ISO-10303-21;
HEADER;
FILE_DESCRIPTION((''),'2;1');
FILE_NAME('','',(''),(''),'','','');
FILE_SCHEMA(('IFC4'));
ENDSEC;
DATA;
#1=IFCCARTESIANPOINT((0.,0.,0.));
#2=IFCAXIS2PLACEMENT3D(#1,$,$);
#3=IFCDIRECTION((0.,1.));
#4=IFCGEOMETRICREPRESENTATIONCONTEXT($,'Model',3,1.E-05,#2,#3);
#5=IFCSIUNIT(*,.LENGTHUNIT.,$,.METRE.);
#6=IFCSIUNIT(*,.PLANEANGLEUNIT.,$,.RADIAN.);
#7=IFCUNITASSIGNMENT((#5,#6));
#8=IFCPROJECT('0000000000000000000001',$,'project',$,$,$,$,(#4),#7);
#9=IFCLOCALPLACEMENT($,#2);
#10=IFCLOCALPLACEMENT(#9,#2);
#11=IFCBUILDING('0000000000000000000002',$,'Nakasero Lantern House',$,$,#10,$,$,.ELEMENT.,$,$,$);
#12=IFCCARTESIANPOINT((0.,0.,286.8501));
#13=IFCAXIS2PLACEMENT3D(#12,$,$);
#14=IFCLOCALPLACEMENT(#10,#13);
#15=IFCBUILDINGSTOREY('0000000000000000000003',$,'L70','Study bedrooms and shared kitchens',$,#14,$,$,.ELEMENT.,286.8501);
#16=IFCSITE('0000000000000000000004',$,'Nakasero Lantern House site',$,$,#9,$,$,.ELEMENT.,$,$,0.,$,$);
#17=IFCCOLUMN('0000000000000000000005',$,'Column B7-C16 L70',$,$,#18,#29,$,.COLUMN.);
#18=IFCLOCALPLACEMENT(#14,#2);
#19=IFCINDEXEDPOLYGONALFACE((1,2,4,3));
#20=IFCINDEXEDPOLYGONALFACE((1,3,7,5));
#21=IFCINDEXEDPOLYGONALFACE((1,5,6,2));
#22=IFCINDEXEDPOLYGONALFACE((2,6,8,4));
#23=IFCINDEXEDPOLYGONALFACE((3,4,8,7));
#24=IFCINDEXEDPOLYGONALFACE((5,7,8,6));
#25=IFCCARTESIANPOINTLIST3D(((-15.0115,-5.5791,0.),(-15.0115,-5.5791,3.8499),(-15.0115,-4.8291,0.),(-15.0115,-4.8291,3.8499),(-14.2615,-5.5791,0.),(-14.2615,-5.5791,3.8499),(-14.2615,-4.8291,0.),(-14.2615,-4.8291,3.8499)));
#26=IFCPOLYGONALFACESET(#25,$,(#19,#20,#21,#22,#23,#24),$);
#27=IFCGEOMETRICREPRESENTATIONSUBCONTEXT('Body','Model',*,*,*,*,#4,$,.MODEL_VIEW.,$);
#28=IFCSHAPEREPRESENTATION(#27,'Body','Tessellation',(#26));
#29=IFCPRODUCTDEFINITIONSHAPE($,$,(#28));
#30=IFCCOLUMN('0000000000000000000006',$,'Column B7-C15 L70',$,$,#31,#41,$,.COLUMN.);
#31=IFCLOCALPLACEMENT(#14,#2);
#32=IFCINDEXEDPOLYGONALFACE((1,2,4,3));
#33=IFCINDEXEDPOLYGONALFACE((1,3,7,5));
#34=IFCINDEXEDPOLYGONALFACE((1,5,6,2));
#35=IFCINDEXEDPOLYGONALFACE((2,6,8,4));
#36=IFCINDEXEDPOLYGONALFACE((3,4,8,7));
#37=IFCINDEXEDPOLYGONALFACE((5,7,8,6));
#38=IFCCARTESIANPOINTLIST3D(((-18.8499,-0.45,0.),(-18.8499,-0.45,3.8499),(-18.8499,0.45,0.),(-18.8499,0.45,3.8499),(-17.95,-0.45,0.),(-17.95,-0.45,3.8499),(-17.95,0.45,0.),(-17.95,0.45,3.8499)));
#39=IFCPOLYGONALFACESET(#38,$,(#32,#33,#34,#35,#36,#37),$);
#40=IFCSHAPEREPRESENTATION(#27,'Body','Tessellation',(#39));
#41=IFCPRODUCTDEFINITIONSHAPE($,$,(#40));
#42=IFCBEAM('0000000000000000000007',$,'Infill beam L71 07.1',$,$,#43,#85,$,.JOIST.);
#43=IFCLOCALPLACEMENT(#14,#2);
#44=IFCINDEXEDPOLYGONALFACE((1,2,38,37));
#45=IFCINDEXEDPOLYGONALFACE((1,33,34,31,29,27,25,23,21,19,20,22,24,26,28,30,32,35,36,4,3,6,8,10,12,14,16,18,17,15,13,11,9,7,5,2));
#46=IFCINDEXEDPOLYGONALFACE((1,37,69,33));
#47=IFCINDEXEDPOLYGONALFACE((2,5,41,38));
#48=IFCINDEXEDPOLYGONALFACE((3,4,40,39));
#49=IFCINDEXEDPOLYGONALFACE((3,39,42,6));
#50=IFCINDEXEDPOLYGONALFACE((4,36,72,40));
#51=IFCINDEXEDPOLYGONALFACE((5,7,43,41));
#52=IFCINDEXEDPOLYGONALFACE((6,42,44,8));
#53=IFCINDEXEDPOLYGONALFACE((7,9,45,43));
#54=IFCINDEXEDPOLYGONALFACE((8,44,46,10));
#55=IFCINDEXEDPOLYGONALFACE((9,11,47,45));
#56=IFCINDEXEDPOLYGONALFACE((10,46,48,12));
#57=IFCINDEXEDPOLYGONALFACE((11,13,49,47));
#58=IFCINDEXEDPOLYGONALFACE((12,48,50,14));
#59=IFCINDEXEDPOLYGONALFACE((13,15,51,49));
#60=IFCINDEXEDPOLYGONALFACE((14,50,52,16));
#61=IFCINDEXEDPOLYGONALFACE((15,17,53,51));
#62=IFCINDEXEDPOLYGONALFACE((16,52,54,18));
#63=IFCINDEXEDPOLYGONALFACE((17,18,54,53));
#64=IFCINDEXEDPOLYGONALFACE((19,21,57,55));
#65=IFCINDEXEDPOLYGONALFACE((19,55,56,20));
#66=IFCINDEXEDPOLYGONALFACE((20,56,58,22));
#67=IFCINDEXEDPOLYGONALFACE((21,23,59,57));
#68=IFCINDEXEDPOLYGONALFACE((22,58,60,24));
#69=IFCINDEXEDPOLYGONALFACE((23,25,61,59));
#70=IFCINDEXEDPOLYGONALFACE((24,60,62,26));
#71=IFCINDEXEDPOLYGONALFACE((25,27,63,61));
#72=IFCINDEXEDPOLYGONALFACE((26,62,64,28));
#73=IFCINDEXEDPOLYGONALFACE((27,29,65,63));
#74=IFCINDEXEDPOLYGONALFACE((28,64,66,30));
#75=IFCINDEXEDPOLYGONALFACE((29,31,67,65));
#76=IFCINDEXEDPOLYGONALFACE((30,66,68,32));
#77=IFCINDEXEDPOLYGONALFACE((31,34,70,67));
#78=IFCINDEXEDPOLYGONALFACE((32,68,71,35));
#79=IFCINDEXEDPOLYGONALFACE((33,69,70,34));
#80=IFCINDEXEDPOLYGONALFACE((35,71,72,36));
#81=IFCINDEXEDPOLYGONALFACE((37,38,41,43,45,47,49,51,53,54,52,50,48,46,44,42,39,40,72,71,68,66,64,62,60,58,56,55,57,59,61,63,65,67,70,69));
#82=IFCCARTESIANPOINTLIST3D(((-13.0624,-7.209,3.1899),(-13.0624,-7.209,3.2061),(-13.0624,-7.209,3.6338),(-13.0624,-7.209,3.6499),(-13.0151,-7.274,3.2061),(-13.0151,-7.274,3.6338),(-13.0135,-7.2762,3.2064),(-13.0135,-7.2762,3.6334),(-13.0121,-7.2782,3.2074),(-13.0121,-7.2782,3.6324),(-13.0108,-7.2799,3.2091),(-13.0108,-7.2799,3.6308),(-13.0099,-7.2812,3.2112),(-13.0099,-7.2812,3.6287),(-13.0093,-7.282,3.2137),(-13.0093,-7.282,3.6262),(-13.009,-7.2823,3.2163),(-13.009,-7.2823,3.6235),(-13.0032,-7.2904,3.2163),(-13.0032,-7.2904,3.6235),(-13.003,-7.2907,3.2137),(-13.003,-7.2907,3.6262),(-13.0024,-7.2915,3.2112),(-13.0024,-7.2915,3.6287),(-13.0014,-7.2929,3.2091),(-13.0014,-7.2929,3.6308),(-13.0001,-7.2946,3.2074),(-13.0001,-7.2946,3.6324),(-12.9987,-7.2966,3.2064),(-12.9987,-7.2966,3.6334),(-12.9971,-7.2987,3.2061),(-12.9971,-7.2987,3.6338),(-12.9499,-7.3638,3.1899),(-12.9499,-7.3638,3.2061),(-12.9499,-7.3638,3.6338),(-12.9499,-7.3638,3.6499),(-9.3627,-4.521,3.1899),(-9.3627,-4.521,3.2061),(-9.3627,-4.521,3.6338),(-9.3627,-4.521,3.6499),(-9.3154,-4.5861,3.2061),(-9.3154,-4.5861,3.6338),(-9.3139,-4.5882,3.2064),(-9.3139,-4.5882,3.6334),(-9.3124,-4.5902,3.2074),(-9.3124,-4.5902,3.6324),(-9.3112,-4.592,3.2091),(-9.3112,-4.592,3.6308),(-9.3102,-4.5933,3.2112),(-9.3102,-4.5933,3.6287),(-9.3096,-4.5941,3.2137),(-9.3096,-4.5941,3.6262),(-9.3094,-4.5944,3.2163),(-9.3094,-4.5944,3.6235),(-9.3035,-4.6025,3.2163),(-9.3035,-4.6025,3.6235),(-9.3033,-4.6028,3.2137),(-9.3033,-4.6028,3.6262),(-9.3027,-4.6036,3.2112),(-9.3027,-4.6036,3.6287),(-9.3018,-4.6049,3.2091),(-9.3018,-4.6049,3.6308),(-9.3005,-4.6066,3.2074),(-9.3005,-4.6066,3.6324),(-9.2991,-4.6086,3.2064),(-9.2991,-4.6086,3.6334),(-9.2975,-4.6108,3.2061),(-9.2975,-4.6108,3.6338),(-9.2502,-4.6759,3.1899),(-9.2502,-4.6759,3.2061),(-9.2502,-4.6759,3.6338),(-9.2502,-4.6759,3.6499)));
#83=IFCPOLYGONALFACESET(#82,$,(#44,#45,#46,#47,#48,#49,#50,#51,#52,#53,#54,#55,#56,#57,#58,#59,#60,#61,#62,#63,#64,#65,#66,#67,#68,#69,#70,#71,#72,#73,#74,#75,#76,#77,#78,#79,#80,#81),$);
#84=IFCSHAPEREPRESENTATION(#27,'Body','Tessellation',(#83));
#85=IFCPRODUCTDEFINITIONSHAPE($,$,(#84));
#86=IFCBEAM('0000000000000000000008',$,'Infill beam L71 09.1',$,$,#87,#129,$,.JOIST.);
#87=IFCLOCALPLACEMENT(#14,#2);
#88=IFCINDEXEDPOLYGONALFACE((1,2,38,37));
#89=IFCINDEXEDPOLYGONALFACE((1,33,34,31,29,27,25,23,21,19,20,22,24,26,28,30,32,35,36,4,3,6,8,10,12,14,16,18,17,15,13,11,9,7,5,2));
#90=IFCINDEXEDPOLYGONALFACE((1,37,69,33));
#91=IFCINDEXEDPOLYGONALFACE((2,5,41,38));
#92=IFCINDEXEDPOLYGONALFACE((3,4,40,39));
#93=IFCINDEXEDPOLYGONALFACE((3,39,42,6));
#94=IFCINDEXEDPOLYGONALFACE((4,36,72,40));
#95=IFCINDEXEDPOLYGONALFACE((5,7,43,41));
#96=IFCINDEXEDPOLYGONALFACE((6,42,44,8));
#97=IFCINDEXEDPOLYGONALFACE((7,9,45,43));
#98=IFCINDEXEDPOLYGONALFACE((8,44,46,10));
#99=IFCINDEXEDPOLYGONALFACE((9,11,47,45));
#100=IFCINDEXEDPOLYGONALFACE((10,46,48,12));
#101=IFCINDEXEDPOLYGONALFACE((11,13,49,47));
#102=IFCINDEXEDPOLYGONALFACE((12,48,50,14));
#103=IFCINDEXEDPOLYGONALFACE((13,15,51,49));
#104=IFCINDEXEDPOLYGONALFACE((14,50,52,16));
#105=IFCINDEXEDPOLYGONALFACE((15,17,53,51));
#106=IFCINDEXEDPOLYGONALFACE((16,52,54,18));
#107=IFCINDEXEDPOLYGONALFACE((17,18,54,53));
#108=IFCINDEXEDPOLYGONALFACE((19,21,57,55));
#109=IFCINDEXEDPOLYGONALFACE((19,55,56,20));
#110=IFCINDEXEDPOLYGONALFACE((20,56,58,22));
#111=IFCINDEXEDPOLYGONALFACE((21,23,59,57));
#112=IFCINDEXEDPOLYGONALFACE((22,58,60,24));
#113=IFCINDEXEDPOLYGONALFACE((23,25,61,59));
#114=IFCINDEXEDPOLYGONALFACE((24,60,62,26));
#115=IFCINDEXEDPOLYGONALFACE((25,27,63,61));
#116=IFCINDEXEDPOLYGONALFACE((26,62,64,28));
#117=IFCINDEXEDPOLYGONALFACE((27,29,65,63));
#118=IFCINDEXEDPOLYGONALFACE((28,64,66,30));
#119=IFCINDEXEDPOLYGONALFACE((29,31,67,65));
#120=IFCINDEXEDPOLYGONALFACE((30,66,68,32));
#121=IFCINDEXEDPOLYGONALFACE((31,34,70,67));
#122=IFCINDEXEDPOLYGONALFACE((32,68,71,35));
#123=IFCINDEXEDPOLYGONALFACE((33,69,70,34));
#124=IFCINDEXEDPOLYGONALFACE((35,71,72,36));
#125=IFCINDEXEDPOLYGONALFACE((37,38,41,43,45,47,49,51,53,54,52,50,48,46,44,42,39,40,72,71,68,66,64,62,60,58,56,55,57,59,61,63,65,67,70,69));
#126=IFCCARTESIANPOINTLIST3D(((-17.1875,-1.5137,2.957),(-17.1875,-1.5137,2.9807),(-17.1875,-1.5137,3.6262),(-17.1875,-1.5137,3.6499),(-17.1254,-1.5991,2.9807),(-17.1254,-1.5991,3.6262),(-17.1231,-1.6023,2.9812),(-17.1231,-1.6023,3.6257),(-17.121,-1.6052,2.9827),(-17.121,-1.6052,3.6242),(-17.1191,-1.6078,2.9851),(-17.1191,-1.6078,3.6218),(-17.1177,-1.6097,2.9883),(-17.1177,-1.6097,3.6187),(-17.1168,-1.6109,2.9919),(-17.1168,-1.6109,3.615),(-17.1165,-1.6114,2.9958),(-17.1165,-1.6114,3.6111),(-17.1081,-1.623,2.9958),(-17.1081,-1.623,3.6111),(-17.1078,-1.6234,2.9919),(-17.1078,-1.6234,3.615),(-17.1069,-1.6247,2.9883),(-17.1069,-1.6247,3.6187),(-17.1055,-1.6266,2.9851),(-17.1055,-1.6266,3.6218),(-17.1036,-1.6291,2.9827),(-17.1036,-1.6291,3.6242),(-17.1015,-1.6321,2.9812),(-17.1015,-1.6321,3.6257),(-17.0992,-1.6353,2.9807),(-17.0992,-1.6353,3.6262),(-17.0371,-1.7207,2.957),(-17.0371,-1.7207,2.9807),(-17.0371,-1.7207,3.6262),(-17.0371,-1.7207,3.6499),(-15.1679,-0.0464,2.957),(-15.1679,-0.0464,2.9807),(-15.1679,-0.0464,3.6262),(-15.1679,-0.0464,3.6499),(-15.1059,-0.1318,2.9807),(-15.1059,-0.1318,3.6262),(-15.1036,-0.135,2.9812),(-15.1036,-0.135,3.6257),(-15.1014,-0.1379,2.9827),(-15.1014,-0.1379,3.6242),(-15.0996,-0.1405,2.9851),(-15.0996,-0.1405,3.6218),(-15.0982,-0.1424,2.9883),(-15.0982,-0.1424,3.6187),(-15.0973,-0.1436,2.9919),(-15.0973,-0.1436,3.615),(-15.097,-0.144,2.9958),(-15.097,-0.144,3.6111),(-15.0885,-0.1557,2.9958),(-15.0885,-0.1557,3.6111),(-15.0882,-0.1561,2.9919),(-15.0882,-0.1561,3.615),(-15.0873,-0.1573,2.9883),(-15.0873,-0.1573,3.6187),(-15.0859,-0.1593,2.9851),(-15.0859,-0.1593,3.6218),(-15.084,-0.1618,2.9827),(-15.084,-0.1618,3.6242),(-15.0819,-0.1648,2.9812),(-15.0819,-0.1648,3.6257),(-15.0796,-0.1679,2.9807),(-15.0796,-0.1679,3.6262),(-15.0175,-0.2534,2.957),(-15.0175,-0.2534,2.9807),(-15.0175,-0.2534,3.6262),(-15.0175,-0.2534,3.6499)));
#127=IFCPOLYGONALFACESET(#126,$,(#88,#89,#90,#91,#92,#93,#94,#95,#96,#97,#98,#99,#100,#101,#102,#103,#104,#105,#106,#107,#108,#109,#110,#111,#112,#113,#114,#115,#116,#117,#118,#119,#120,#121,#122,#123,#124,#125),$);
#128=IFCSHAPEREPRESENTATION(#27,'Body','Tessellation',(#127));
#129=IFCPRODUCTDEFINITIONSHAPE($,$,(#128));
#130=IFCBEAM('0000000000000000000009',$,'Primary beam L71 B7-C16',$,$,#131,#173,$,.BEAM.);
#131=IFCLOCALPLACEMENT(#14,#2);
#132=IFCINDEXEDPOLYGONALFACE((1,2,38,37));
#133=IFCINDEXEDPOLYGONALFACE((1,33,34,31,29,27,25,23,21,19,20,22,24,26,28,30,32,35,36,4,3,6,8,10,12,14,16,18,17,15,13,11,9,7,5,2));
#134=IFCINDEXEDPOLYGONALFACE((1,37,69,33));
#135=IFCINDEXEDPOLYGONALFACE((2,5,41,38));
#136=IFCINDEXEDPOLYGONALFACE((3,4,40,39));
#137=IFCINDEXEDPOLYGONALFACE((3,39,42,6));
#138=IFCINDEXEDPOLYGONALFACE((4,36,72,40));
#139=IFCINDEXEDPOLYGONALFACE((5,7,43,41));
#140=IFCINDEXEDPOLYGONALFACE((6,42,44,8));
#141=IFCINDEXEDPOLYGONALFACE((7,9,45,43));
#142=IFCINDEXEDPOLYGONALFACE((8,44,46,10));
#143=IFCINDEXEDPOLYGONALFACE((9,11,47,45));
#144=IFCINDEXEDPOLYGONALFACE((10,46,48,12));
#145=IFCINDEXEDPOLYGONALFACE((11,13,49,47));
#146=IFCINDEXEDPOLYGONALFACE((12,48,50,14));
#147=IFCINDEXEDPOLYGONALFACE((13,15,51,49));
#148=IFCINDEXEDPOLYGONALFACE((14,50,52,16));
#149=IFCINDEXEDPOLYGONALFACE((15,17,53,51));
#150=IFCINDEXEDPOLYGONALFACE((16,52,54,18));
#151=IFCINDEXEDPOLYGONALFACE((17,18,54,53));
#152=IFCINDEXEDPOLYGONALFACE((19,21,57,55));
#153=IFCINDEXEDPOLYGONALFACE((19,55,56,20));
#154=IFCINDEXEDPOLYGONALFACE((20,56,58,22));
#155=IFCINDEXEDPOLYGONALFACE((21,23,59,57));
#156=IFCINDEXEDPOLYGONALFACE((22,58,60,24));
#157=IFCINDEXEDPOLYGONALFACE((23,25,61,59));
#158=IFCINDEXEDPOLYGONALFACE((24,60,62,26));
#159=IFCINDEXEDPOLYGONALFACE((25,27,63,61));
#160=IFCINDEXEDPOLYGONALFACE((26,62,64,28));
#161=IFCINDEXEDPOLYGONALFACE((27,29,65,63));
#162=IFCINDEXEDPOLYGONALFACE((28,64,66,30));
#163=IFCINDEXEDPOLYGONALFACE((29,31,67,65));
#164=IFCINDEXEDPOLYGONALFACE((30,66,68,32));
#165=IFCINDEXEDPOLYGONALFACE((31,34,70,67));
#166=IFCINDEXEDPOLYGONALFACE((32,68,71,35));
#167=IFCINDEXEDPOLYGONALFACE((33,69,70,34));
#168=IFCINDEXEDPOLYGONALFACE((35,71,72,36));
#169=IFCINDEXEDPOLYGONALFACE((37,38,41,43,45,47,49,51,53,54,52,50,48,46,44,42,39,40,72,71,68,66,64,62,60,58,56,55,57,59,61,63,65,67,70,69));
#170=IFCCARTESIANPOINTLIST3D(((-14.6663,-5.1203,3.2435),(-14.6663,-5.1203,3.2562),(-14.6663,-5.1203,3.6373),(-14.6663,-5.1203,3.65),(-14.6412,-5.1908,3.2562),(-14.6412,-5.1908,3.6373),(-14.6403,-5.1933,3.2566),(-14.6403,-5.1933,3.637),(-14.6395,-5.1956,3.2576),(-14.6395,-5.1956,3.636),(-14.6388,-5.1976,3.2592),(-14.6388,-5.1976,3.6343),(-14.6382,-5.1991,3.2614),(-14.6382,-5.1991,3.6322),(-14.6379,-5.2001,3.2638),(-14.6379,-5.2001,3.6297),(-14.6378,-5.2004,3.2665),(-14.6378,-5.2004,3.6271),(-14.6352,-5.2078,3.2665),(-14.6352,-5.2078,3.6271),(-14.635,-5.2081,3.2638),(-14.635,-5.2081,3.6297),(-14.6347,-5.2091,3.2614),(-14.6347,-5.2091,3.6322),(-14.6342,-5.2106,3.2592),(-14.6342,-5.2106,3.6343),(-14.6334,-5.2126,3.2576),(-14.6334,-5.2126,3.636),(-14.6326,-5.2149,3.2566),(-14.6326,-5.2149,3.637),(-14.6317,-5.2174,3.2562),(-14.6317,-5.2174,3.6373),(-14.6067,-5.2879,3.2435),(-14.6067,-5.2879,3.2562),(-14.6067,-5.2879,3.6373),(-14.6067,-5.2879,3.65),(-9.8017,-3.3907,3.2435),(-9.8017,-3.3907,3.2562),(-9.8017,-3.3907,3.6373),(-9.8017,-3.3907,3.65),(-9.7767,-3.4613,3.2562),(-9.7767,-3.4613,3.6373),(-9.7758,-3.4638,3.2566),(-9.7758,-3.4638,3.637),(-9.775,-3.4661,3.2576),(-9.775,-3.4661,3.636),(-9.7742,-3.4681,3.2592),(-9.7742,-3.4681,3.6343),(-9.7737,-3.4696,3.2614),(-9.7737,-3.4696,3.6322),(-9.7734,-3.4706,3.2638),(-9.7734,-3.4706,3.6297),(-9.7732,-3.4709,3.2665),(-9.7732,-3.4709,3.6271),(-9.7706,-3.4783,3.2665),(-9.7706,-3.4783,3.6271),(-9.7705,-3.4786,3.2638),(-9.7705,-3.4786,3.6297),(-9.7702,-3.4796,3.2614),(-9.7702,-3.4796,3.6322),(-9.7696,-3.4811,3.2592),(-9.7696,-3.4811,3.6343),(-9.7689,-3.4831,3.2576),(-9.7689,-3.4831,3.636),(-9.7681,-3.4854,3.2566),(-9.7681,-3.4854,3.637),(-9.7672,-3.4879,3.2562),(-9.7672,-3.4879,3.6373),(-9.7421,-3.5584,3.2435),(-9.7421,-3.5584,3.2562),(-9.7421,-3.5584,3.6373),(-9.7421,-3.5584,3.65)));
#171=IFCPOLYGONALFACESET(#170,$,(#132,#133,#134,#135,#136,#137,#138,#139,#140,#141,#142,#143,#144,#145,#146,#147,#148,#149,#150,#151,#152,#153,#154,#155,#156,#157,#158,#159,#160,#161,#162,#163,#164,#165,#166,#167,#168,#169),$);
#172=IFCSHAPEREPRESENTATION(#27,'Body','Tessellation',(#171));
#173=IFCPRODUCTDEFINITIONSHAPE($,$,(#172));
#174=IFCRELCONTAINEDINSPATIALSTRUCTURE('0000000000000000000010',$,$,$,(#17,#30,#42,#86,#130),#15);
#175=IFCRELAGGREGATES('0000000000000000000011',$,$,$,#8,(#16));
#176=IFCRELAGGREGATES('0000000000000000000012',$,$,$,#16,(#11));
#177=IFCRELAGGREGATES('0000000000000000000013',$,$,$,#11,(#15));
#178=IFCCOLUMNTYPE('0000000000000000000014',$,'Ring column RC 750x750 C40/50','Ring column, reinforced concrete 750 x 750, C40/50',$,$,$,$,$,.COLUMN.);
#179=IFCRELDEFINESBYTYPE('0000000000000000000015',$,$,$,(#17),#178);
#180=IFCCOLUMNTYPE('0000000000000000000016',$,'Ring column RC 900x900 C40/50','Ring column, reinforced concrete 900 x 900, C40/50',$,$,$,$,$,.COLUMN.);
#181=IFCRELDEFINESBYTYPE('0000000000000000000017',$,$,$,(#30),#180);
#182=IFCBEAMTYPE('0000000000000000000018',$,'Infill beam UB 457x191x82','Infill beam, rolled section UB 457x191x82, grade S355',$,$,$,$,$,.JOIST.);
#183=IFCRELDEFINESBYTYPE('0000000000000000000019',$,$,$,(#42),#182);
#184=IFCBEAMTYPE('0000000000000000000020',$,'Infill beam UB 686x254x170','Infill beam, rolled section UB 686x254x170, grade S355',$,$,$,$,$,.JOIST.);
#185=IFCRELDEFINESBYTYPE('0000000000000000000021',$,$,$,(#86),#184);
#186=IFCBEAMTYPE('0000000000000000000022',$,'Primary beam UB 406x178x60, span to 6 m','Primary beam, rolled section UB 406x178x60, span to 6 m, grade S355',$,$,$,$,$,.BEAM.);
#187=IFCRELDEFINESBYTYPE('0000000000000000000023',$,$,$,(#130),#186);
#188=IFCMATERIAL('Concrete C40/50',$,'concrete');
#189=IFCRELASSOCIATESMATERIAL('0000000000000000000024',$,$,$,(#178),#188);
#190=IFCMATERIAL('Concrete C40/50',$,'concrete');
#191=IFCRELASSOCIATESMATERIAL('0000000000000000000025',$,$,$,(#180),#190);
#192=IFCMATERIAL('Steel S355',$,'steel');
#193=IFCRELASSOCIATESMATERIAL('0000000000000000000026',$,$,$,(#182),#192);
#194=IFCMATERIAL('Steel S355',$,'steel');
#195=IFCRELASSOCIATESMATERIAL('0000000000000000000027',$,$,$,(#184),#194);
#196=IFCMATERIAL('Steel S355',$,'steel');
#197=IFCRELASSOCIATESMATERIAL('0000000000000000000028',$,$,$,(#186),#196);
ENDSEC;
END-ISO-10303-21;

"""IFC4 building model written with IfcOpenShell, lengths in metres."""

from ifc_helpers import new_model, si_unit, direction, frame, origin, origin_2d, place, context, subcontext, project, spatial, rectangle, i_section, extrude, material, material_profile, profile_set, type_object, element, save


model = new_model("IFC4")

# Units and contexts
model_context = context("Model", 3, precision=1e-05, world=origin(), true_north=direction((0.0, 1.0)))
body_context = subcontext(model_context, "Body", "Model", "MODEL_VIEW")
ifc_project = project(units=[si_unit("LENGTHUNIT", "METRE"), si_unit("PLANEANGLEUNIT", "RADIAN")], contexts=[model_context])

# Site, building, storey
site_placement = place(None, origin())
site = spatial("IfcSite", under=ifc_project, at=site_placement, Name="Nakasero Lantern House site", CompositionType="ELEMENT", RefElevation=0.0)
building_placement = place(site_placement, origin())
building = spatial("IfcBuilding", under=site, at=building_placement, Name="Nakasero Lantern House", CompositionType="ELEMENT")
storey_placement = place(building_placement, frame((0.0, 0.0, 286.8501)))
storey = spatial("IfcBuildingStorey", under=building, at=storey_placement, Name="L70", Description="Study bedrooms and shared kitchens", CompositionType="ELEMENT", Elevation=286.8501)

# Columns
ifc_material_1 = material(Name="Concrete C40/50", Category="concrete")
ifc_material_profile_1 = material_profile(ifc_material_1, rectangle(XDim=0.75, YDim=0.75, at=origin_2d()), Name="RC 750x750")
ifc_profile_set_1 = profile_set([ifc_material_profile_1], Name="Concrete C40/50")
column_type_1 = type_object("IfcColumnType", Name="Ring column RC 750x750 C40/50", Description="Ring column, reinforced concrete 750 x 750, C40/50", PredefinedType="COLUMN", material=ifc_profile_set_1)
column_1_placement = place(storey_placement, frame((-14.6365, -5.2041, 0.0), z_axis=(0.0, 0.0, 1.0), x_axis=(1.0, 0.0, 0.0)))
element("IfcColumn", 1, at=column_1_placement, inside=storey, type_object=column_type_1, Name="Column B7-C16 L70", PredefinedType="COLUMN", context=body_context, shape_type="SweptSolid", body=[
    extrude(rectangle(XDim=0.75, YDim=0.75, at=origin_2d()), origin(), (0.0, 0.0, 1.0), 3.8499),
])
ifc_material_2 = material(Name="Concrete C40/50", Category="concrete")
ifc_material_profile_2 = material_profile(ifc_material_2, rectangle(XDim=0.8999, YDim=0.8999, at=origin_2d()), Name="RC 900x900")
ifc_profile_set_2 = profile_set([ifc_material_profile_2], Name="Concrete C40/50")
column_type_2 = type_object("IfcColumnType", Name="Ring column RC 900x900 C40/50", Description="Ring column, reinforced concrete 900 x 900, C40/50", PredefinedType="COLUMN", material=ifc_profile_set_2)
column_2_placement = place(storey_placement, frame((-18.3999, 0.0, 0.0), z_axis=(0.0, 0.0, 1.0), x_axis=(1.0, 0.0, 0.0)))
element("IfcColumn", 2, at=column_2_placement, inside=storey, type_object=column_type_2, Name="Column B7-C15 L70", PredefinedType="COLUMN", context=body_context, shape_type="SweptSolid", body=[
    extrude(rectangle(XDim=0.8999, YDim=0.8999, at=origin_2d()), origin(), (0.0, 0.0, 1.0), 3.8499),
])

# Beams
ifc_material_3 = material(Name="Steel S355", Category="steel")
ifc_material_profile_3 = material_profile(ifc_material_3, i_section(OverallWidth=0.1914, OverallDepth=0.46, WebThickness=0.01, FlangeThickness=0.0161, FilletRadius=0.0103, at=origin_2d()), Name="UB 457x191x82")
ifc_profile_set_3 = profile_set([ifc_material_profile_3], Name="Steel S355")
beam_type_1 = type_object("IfcBeamType", Name="Infill beam UB 457x191x82", Description="Infill beam, rolled section UB 457x191x82, grade S355", PredefinedType="JOIST", material=ifc_profile_set_3)
beam_1_placement = place(storey_placement, frame((-13.0061, -7.2864, 3.4199), z_axis=(0.809018, 0.587784, 0.0), x_axis=(-0.587784, 0.809018, 0.0)))
element("IfcBeam", 3, at=beam_1_placement, inside=storey, type_object=beam_type_1, Name="Infill beam L71 07.1", PredefinedType="JOIST", context=body_context, shape_type="SweptSolid", body=[
    extrude(i_section(OverallWidth=0.1914, OverallDepth=0.46, WebThickness=0.01, FlangeThickness=0.0161, FilletRadius=0.0103, at=origin_2d()), origin(), (0.0, 0.0, 1.0), 4.573),
])
ifc_material_4 = material(Name="Steel S355", Category="steel")
ifc_material_profile_4 = material_profile(ifc_material_4, i_section(OverallWidth=0.2559, OverallDepth=0.6929, WebThickness=0.0144, FlangeThickness=0.0237, FilletRadius=0.0151, at=origin_2d()), Name="UB 686x254x170")
ifc_profile_set_4 = profile_set([ifc_material_profile_4], Name="Steel S355")
beam_type_2 = type_object("IfcBeamType", Name="Infill beam UB 686x254x170", Description="Infill beam, rolled section UB 686x254x170, grade S355", PredefinedType="JOIST", material=ifc_profile_set_4)
beam_2_placement = place(storey_placement, frame((-17.1123, -1.6172, 3.3035), z_axis=(0.809015, 0.587788, 0.0), x_axis=(-0.587788, 0.809015, 0.0)))
element("IfcBeam", 4, at=beam_2_placement, inside=storey, type_object=beam_type_2, Name="Infill beam L71 09.1", PredefinedType="JOIST", context=body_context, shape_type="SweptSolid", body=[
    extrude(i_section(OverallWidth=0.2559, OverallDepth=0.6929, WebThickness=0.0144, FlangeThickness=0.0237, FilletRadius=0.0151, at=origin_2d()), origin(), (0.0, 0.0, 1.0), 2.4963),
])
ifc_material_5 = material(Name="Steel S355", Category="steel")
ifc_material_profile_5 = material_profile(ifc_material_5, i_section(OverallWidth=0.178, OverallDepth=0.4065, WebThickness=0.0078, FlangeThickness=0.0127, FilletRadius=0.0103, at=origin_2d()), Name="UB 406x178x60")
ifc_profile_set_5 = profile_set([ifc_material_profile_5], Name="Steel S355")
beam_type_3 = type_object("IfcBeamType", Name="Primary beam UB 406x178x60, span to 6 m", Description="Primary beam, rolled section UB 406x178x60, span to 6 m, grade S355", PredefinedType="BEAM", material=ifc_profile_set_5)
beam_3_placement = place(storey_placement, frame((-14.6365, -5.2041, 3.4468), z_axis=(0.942221, 0.334991, 0.0), x_axis=(-0.334991, 0.942221, 0.0)))
element("IfcBeam", 5, at=beam_3_placement, inside=storey, type_object=beam_type_3, Name="Primary beam L71 B7-C16", PredefinedType="BEAM", context=body_context, shape_type="SweptSolid", body=[
    extrude(i_section(OverallWidth=0.178, OverallDepth=0.4065, WebThickness=0.0078, FlangeThickness=0.0127, FilletRadius=0.0103, at=origin_2d()), origin(), (0.0, 0.0, 1.0), 5.1628),
])

save(model, "model.ifc")
